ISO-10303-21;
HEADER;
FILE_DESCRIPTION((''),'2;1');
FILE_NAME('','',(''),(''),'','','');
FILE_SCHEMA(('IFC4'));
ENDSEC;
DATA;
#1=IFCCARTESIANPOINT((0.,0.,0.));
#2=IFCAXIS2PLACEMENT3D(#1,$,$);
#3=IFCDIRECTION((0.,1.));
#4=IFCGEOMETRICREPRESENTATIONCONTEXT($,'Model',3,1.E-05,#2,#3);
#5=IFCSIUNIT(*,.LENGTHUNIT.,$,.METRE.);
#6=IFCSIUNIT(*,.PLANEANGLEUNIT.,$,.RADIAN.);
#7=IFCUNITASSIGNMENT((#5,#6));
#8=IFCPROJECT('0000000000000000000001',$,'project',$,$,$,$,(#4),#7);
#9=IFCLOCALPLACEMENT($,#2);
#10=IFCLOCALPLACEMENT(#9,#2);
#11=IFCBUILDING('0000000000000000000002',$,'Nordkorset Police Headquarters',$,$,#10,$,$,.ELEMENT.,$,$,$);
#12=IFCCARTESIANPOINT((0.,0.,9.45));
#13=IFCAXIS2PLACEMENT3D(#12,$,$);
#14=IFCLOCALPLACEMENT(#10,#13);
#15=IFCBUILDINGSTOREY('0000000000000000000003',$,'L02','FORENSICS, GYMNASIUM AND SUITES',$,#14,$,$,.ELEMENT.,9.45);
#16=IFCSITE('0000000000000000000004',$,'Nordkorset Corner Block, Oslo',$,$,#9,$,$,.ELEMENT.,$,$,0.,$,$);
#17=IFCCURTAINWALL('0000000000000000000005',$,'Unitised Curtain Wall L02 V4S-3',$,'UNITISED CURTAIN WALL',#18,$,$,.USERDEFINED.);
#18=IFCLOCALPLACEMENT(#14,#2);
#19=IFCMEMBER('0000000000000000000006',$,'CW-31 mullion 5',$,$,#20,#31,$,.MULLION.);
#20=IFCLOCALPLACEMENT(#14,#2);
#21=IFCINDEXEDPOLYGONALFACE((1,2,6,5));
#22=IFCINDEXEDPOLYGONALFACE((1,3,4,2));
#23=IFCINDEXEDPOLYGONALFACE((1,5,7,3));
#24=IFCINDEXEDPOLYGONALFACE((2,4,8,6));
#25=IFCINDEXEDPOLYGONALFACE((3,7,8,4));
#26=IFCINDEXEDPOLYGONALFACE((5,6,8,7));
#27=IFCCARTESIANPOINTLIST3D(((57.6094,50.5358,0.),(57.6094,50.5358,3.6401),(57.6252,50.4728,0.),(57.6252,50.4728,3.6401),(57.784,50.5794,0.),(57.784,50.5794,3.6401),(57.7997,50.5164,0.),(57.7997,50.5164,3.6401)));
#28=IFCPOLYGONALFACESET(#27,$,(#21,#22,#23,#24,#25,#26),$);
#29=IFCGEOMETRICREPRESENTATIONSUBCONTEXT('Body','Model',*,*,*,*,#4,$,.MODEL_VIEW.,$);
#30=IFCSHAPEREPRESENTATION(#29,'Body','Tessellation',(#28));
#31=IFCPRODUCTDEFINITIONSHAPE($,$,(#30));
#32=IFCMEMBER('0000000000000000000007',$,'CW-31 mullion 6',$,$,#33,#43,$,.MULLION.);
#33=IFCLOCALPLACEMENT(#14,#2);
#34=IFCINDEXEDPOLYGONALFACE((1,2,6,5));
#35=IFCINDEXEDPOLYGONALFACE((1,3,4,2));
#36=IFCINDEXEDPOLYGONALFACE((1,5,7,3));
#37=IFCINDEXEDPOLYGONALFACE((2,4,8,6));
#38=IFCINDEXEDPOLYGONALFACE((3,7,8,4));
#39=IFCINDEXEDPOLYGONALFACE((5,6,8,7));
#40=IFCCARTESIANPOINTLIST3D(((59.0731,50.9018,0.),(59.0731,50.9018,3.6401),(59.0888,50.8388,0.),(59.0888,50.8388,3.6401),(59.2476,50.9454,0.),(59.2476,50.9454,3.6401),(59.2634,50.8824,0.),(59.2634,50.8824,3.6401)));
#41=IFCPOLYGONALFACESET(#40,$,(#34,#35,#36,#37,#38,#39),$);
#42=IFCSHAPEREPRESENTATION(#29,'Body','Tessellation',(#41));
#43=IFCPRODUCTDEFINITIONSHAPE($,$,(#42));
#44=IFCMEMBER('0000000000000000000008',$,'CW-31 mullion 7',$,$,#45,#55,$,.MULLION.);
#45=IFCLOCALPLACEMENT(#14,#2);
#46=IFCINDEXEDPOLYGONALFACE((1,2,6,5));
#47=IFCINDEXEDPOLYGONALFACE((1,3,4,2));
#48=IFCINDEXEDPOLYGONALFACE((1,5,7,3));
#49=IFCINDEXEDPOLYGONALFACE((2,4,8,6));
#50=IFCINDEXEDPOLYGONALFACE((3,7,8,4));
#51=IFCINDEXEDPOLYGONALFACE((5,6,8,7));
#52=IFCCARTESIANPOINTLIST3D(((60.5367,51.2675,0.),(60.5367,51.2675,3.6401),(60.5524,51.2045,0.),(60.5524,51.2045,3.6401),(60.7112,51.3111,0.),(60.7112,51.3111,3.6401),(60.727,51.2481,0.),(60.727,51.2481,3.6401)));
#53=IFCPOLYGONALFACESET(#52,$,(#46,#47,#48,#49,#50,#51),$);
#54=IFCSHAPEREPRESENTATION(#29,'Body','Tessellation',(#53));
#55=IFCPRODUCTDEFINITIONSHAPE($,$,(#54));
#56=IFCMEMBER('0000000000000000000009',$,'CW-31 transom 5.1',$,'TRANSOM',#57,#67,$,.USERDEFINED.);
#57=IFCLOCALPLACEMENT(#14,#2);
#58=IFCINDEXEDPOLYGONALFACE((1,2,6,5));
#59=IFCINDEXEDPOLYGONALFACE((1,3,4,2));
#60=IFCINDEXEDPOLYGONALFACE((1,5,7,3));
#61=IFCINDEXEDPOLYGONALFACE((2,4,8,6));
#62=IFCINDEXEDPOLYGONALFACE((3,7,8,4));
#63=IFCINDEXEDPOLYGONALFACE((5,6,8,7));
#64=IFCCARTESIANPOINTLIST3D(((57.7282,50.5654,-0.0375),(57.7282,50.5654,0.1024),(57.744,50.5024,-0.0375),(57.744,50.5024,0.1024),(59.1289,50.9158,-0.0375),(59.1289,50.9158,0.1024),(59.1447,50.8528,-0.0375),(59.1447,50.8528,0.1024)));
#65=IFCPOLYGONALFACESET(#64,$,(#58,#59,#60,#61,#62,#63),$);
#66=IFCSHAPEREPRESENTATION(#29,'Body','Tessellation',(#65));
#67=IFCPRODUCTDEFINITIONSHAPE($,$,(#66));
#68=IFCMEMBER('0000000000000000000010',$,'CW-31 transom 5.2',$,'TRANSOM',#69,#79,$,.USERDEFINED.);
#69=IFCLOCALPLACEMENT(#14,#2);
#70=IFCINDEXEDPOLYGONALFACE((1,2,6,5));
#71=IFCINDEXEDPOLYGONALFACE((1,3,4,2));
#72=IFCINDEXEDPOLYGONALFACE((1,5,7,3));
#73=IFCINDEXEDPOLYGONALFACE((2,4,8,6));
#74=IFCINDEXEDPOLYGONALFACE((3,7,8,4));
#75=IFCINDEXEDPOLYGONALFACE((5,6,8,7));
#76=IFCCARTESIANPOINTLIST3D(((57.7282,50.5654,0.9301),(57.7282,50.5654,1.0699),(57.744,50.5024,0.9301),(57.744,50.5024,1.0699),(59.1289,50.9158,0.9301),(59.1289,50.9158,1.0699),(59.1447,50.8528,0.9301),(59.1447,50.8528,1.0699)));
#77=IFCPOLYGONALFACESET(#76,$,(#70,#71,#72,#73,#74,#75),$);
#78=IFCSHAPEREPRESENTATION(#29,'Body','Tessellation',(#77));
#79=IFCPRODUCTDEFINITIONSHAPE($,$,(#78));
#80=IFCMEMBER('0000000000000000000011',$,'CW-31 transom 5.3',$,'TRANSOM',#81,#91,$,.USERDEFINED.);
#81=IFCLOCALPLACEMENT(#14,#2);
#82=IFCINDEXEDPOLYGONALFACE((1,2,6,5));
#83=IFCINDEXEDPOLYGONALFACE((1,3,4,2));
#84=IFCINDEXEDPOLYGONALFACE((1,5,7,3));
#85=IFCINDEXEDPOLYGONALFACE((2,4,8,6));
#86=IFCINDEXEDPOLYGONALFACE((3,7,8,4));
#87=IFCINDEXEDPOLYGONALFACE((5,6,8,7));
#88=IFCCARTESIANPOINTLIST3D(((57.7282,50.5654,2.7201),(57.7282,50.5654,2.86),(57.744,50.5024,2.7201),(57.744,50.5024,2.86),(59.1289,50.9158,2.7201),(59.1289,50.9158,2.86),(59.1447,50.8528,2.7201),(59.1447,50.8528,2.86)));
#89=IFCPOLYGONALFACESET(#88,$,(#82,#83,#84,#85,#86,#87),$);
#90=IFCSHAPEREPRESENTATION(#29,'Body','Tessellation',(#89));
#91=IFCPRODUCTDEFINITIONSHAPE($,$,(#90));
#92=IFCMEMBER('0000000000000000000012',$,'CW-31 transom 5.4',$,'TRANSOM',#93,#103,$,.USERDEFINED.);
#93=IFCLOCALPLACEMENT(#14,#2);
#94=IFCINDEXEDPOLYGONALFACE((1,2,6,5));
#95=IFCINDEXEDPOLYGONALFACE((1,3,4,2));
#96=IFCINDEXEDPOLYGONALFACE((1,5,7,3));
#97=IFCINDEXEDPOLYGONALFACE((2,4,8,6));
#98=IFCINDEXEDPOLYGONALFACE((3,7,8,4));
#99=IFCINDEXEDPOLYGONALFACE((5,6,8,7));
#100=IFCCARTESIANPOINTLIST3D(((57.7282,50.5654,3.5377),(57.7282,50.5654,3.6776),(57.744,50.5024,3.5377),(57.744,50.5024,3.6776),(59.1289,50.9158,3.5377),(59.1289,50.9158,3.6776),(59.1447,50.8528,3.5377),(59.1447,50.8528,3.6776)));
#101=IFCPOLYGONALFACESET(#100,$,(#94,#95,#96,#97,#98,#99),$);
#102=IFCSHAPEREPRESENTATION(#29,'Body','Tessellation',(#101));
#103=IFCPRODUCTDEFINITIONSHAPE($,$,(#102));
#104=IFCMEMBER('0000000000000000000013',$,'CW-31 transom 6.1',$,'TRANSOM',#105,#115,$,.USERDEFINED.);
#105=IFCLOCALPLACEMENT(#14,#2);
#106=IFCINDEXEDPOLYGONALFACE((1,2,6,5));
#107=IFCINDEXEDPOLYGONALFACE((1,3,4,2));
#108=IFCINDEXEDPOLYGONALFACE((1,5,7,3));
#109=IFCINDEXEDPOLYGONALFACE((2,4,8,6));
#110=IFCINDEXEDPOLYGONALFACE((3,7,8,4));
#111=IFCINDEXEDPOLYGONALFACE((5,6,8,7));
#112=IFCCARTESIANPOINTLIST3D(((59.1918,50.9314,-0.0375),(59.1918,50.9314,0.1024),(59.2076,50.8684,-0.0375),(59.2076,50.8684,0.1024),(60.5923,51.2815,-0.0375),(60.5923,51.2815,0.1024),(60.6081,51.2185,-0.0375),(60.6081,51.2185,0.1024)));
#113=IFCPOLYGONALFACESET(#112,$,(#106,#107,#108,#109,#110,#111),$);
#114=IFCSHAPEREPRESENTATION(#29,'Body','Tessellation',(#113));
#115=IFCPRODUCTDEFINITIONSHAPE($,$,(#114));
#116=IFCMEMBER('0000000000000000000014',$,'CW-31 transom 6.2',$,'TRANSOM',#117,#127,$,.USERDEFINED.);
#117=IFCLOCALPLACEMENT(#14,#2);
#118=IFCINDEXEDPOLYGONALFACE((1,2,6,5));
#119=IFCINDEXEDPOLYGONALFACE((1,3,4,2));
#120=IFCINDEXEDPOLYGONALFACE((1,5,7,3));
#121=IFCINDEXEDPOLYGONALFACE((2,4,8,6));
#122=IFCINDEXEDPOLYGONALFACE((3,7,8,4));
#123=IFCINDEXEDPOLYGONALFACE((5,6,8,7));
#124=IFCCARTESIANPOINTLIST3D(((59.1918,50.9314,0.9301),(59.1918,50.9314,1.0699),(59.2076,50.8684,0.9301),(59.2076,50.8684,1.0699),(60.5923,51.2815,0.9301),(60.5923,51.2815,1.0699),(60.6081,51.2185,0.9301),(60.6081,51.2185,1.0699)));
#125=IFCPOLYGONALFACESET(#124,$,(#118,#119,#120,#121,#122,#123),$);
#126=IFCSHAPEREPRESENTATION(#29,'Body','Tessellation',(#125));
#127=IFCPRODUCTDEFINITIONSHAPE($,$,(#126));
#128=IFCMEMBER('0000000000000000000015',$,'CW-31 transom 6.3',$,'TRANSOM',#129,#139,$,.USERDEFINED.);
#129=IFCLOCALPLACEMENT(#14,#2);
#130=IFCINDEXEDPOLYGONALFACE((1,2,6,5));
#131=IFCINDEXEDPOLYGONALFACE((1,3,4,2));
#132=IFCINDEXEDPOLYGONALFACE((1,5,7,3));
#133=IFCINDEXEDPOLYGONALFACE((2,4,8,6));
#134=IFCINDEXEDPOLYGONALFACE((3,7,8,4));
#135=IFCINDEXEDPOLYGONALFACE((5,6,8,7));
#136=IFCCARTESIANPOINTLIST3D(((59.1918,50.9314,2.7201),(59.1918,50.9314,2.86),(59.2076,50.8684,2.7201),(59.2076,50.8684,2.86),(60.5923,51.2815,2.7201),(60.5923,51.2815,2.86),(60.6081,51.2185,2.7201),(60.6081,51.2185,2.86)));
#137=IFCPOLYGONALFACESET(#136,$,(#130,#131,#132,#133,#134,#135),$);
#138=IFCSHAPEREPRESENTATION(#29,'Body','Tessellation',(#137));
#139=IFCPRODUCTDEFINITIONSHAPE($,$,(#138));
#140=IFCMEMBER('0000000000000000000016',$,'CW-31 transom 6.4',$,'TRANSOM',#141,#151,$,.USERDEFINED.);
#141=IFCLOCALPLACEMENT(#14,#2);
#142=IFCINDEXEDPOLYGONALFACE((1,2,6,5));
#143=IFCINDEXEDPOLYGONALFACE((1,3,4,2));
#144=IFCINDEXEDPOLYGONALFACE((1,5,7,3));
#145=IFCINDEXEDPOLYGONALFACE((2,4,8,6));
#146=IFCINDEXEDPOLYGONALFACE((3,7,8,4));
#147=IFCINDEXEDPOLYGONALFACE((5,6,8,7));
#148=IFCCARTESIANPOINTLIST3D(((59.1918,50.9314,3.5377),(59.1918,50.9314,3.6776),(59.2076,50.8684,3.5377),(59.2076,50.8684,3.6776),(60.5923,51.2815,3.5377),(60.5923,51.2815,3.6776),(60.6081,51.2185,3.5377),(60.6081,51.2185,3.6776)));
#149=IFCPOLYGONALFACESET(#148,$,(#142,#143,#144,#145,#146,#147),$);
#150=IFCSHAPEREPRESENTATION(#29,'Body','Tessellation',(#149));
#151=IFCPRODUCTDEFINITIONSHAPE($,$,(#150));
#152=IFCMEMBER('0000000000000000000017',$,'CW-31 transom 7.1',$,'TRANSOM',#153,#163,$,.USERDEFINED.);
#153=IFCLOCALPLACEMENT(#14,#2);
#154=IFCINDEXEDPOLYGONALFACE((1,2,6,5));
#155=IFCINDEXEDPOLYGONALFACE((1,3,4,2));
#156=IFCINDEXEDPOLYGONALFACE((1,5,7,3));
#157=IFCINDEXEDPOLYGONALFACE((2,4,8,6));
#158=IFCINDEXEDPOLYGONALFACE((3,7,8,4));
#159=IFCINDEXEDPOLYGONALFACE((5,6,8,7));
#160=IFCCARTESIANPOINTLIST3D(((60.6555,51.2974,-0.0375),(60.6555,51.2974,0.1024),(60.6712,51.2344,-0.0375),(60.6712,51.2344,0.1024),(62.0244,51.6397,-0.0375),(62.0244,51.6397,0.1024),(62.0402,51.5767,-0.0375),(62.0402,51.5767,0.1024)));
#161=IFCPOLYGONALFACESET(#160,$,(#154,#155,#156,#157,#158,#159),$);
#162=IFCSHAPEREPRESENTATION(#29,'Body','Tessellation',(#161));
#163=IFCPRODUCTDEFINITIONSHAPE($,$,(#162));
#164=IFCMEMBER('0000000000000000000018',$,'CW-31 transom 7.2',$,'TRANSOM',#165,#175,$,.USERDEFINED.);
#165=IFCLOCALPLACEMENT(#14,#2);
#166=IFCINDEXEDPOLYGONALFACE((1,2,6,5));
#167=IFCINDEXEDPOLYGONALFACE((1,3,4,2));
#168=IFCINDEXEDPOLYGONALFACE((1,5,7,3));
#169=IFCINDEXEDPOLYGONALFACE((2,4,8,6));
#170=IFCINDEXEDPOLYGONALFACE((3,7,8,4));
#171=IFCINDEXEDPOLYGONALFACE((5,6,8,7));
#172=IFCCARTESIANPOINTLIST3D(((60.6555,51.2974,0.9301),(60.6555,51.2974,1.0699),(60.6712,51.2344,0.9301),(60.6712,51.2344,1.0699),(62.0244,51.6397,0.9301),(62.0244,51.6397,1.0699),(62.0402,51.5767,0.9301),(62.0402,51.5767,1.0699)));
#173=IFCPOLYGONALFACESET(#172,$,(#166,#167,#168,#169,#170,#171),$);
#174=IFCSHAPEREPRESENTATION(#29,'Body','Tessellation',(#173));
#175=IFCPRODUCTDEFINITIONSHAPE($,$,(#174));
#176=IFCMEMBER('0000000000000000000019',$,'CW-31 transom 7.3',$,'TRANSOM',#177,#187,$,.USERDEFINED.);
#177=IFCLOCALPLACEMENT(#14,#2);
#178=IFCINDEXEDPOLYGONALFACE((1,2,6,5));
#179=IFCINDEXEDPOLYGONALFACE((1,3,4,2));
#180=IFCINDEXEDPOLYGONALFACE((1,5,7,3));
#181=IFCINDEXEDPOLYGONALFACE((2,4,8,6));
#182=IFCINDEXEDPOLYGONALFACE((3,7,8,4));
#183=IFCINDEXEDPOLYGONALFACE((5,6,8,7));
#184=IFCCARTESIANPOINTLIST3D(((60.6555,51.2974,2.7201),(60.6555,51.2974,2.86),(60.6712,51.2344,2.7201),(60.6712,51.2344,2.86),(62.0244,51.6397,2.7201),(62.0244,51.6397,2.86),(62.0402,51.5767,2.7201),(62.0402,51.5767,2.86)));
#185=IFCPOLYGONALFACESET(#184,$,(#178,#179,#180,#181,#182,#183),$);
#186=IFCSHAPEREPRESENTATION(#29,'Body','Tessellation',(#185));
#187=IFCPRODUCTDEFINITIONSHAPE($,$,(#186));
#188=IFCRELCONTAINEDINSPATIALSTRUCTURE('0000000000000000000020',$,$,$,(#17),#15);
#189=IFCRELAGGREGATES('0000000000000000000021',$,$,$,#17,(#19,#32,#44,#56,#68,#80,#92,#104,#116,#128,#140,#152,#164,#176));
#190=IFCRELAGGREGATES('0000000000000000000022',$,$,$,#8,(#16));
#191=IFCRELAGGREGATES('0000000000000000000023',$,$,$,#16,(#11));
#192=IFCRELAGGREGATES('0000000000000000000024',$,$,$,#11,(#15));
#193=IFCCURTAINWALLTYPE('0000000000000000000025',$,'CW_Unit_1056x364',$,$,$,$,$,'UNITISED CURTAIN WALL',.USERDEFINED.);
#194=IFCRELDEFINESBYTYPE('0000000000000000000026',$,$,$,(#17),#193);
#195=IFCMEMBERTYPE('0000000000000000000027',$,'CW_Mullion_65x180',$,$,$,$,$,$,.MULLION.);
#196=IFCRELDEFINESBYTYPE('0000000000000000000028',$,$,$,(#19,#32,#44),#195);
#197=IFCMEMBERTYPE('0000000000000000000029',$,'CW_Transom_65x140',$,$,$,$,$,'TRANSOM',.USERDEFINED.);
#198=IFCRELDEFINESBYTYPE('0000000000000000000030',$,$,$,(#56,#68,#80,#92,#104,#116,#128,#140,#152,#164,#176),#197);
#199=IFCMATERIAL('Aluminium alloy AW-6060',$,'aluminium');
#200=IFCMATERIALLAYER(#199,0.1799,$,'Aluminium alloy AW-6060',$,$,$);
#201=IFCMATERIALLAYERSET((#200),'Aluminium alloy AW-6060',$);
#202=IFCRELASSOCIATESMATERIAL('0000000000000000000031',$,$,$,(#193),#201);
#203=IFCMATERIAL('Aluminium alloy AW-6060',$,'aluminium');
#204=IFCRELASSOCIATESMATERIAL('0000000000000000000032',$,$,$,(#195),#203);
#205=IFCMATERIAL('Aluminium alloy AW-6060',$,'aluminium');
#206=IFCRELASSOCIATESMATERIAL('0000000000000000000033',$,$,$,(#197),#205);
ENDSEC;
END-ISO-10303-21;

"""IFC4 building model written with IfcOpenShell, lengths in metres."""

from ifc_helpers import new_model, si_unit, direction, frame, origin, origin_2d, place, context, subcontext, project, spatial, rectangle, extrude, material, layer, layer_set, material_profile, profile_set, type_object, element, aggregate, save


model = new_model("IFC4")

# Units and contexts
model_context = context("Model", 3, precision=1e-05, world=origin(), true_north=direction((0.0, 1.0)))
body_context = subcontext(model_context, "Body", "Model", "MODEL_VIEW")
ifc_project = project(units=[si_unit("LENGTHUNIT", "METRE"), si_unit("PLANEANGLEUNIT", "RADIAN")], contexts=[model_context])

# Site, building, storey
site_placement = place(None, origin())
site = spatial("IfcSite", under=ifc_project, at=site_placement, Name="Nordkorset Corner Block, Oslo", CompositionType="ELEMENT", RefElevation=0.0)
building_placement = place(site_placement, origin())
building = spatial("IfcBuilding", under=site, at=building_placement, Name="Nordkorset Police Headquarters", CompositionType="ELEMENT")
storey_placement = place(building_placement, frame((0.0, 0.0, 9.45)))
storey = spatial("IfcBuildingStorey", under=building, at=storey_placement, Name="L02", Description="FORENSICS, GYMNASIUM AND SUITES", CompositionType="ELEMENT", Elevation=9.45)

# Curtain wall, members
ifc_material_1 = material(Name="Aluminium alloy AW-6060", Category="aluminium")
ifc_layer_1 = layer(ifc_material_1, 0.1799, Name="Aluminium alloy AW-6060")
ifc_layer_set_1 = layer_set([ifc_layer_1], Name="Aluminium alloy AW-6060")
curtain_wall_type = type_object("IfcCurtainWallType", Name="CW_Unit_1056x364", ElementType="UNITISED CURTAIN WALL", PredefinedType="USERDEFINED", material=ifc_layer_set_1)
curtain_wall_placement = place(storey_placement, origin())
curtain_wall = element("IfcCurtainWall", 1, at=curtain_wall_placement, inside=storey, type_object=curtain_wall_type, Name="Unitised Curtain Wall L02 V4S-3", ObjectType="UNITISED CURTAIN WALL", PredefinedType="USERDEFINED")
ifc_material_2 = material(Name="Aluminium alloy AW-6060", Category="aluminium")
ifc_material_profile_1 = material_profile(ifc_material_2, rectangle(XDim=0.0649, YDim=0.1799, at=origin_2d()), Name="ALU MULL 65x180")
ifc_profile_set_1 = profile_set([ifc_material_profile_1], Name="Aluminium alloy AW-6060")
member_type_1 = type_object("IfcMemberType", Name="CW_Mullion_65x180", PredefinedType="MULLION", material=ifc_profile_set_1)
member_1_placement = place(storey_placement, frame((57.7046, 50.5261, 0.0), z_axis=(0.0, 0.0, 1.0), x_axis=(-0.242535, 0.970143, 0.0)))
member_1 = element("IfcMember", 2, at=member_1_placement, type_object=member_type_1, Name="CW-31 mullion 5", PredefinedType="MULLION", context=body_context, shape_type="SweptSolid", body=[
    extrude(rectangle(XDim=0.0649, YDim=0.1799, at=origin_2d()), origin(), (0.0, 0.0, 1.0), 3.6401),
])
member_2_placement = place(storey_placement, frame((59.1682, 50.8921, 0.0), z_axis=(0.0, 0.0, 1.0), x_axis=(-0.242535, 0.970143, 0.0)))
member_2 = element("IfcMember", 3, at=member_2_placement, type_object=member_type_1, Name="CW-31 mullion 6", PredefinedType="MULLION", context=body_context, shape_type="SweptSolid", body=[
    extrude(rectangle(XDim=0.0649, YDim=0.1799, at=origin_2d()), origin(), (0.0, 0.0, 1.0), 3.6401),
])
member_3_placement = place(storey_placement, frame((60.6318, 51.2578, 0.0), z_axis=(0.0, 0.0, 1.0), x_axis=(-0.242535, 0.970143, 0.0)))
member_3 = element("IfcMember", 4, at=member_3_placement, type_object=member_type_1, Name="CW-31 mullion 7", PredefinedType="MULLION", context=body_context, shape_type="SweptSolid", body=[
    extrude(rectangle(XDim=0.0649, YDim=0.1799, at=origin_2d()), origin(), (0.0, 0.0, 1.0), 3.6401),
])
ifc_material_3 = material(Name="Aluminium alloy AW-6060", Category="aluminium")
ifc_material_profile_2 = material_profile(ifc_material_3, rectangle(XDim=0.0649, YDim=0.1399, at=origin_2d()), Name="ALU TRAN 65x140")
ifc_profile_set_2 = profile_set([ifc_material_profile_2], Name="Aluminium alloy AW-6060")
member_type_2 = type_object("IfcMemberType", Name="CW_Transom_65x140", ElementType="TRANSOM", PredefinedType="USERDEFINED", material=ifc_profile_set_2)
member_4_placement = place(storey_placement, frame((57.7361, 50.5339, 0.0325), z_axis=(0.970113, 0.242655, 0.0), x_axis=(-0.242655, 0.970113, 0.0)))
member_4 = element("IfcMember", 5, at=member_4_placement, type_object=member_type_2, Name="CW-31 transom 5.1", ObjectType="TRANSOM", PredefinedType="USERDEFINED", context=body_context, shape_type="SweptSolid", body=[
    extrude(rectangle(XDim=0.0649, YDim=0.1399, at=origin_2d()), origin(), (0.0, 0.0, 1.0), 1.4438),
])
member_5_placement = place(storey_placement, frame((57.7361, 50.5339, 1.0), z_axis=(0.970113, 0.242655, 0.0), x_axis=(-0.242655, 0.970113, 0.0)))
member_5 = element("IfcMember", 6, at=member_5_placement, type_object=member_type_2, Name="CW-31 transom 5.2", ObjectType="TRANSOM", PredefinedType="USERDEFINED", context=body_context, shape_type="SweptSolid", body=[
    extrude(rectangle(XDim=0.0649, YDim=0.1399, at=origin_2d()), origin(), (0.0, 0.0, 1.0), 1.4438),
])
member_6_placement = place(storey_placement, frame((57.7361, 50.5339, 2.79), z_axis=(0.970113, 0.242655, 0.0), x_axis=(-0.242655, 0.970113, 0.0)))
member_6 = element("IfcMember", 7, at=member_6_placement, type_object=member_type_2, Name="CW-31 transom 5.3", ObjectType="TRANSOM", PredefinedType="USERDEFINED", context=body_context, shape_type="SweptSolid", body=[
    extrude(rectangle(XDim=0.0649, YDim=0.1399, at=origin_2d()), origin(), (0.0, 0.0, 1.0), 1.4438),
])
member_7_placement = place(storey_placement, frame((57.7361, 50.5339, 3.6077), z_axis=(0.970113, 0.242655, 0.0), x_axis=(-0.242655, 0.970113, 0.0)))
member_7 = element("IfcMember", 8, at=member_7_placement, type_object=member_type_2, Name="CW-31 transom 5.4", ObjectType="TRANSOM", PredefinedType="USERDEFINED", context=body_context, shape_type="SweptSolid", body=[
    extrude(rectangle(XDim=0.0649, YDim=0.1399, at=origin_2d()), origin(), (0.0, 0.0, 1.0), 1.4438),
])
member_8_placement = place(storey_placement, frame((59.1997, 50.8999, 0.0325), z_axis=(0.970143, 0.242536, 0.0), x_axis=(-0.242536, 0.970143, 0.0)))
member_8 = element("IfcMember", 9, at=member_8_placement, type_object=member_type_2, Name="CW-31 transom 6.1", ObjectType="TRANSOM", PredefinedType="USERDEFINED", context=body_context, shape_type="SweptSolid", body=[
    extrude(rectangle(XDim=0.0649, YDim=0.1399, at=origin_2d()), origin(), (0.0, 0.0, 1.0), 1.4436),
])
member_9_placement = place(storey_placement, frame((59.1997, 50.8999, 1.0), z_axis=(0.970143, 0.242536, 0.0), x_axis=(-0.242536, 0.970143, 0.0)))
member_9 = element("IfcMember", 10, at=member_9_placement, type_object=member_type_2, Name="CW-31 transom 6.2", ObjectType="TRANSOM", PredefinedType="USERDEFINED", context=body_context, shape_type="SweptSolid", body=[
    extrude(rectangle(XDim=0.0649, YDim=0.1399, at=origin_2d()), origin(), (0.0, 0.0, 1.0), 1.4436),
])
member_10_placement = place(storey_placement, frame((59.1997, 50.8999, 2.79), z_axis=(0.970143, 0.242536, 0.0), x_axis=(-0.242536, 0.970143, 0.0)))
member_10 = element("IfcMember", 11, at=member_10_placement, type_object=member_type_2, Name="CW-31 transom 6.3", ObjectType="TRANSOM", PredefinedType="USERDEFINED", context=body_context, shape_type="SweptSolid", body=[
    extrude(rectangle(XDim=0.0649, YDim=0.1399, at=origin_2d()), origin(), (0.0, 0.0, 1.0), 1.4436),
])
member_11_placement = place(storey_placement, frame((59.1997, 50.8999, 3.6077), z_axis=(0.970143, 0.242536, 0.0), x_axis=(-0.242536, 0.970143, 0.0)))
member_11 = element("IfcMember", 12, at=member_11_placement, type_object=member_type_2, Name="CW-31 transom 6.4", ObjectType="TRANSOM", PredefinedType="USERDEFINED", context=body_context, shape_type="SweptSolid", body=[
    extrude(rectangle(XDim=0.0649, YDim=0.1399, at=origin_2d()), origin(), (0.0, 0.0, 1.0), 1.4436),
])
member_12_placement = place(storey_placement, frame((60.6633, 51.2659, 0.0325), z_axis=(0.970132, 0.242576, 0.0), x_axis=(-0.242576, 0.970132, 0.0)))
member_12 = element("IfcMember", 13, at=member_12_placement, type_object=member_type_2, Name="CW-31 transom 7.1", ObjectType="TRANSOM", PredefinedType="USERDEFINED", context=body_context, shape_type="SweptSolid", body=[
    extrude(rectangle(XDim=0.0649, YDim=0.1399, at=origin_2d()), origin(), (0.0, 0.0, 1.0), 1.4111),
])
member_13_placement = place(storey_placement, frame((60.6633, 51.2659, 1.0), z_axis=(0.970132, 0.242576, 0.0), x_axis=(-0.242576, 0.970132, 0.0)))
member_13 = element("IfcMember", 14, at=member_13_placement, type_object=member_type_2, Name="CW-31 transom 7.2", ObjectType="TRANSOM", PredefinedType="USERDEFINED", context=body_context, shape_type="SweptSolid", body=[
    extrude(rectangle(XDim=0.0649, YDim=0.1399, at=origin_2d()), origin(), (0.0, 0.0, 1.0), 1.4111),
])
member_14_placement = place(storey_placement, frame((60.6633, 51.2659, 2.79), z_axis=(0.970132, 0.242576, 0.0), x_axis=(-0.242576, 0.970132, 0.0)))
member_14 = element("IfcMember", 15, at=member_14_placement, type_object=member_type_2, Name="CW-31 transom 7.3", ObjectType="TRANSOM", PredefinedType="USERDEFINED", context=body_context, shape_type="SweptSolid", body=[
    extrude(rectangle(XDim=0.0649, YDim=0.1399, at=origin_2d()), origin(), (0.0, 0.0, 1.0), 1.4111),
])
aggregate(curtain_wall, [member_1, member_2, member_3, member_4, member_5, member_6, member_7, member_8, member_9, member_10, member_11, member_12, member_13, member_14])

save(model, "model.ifc")
